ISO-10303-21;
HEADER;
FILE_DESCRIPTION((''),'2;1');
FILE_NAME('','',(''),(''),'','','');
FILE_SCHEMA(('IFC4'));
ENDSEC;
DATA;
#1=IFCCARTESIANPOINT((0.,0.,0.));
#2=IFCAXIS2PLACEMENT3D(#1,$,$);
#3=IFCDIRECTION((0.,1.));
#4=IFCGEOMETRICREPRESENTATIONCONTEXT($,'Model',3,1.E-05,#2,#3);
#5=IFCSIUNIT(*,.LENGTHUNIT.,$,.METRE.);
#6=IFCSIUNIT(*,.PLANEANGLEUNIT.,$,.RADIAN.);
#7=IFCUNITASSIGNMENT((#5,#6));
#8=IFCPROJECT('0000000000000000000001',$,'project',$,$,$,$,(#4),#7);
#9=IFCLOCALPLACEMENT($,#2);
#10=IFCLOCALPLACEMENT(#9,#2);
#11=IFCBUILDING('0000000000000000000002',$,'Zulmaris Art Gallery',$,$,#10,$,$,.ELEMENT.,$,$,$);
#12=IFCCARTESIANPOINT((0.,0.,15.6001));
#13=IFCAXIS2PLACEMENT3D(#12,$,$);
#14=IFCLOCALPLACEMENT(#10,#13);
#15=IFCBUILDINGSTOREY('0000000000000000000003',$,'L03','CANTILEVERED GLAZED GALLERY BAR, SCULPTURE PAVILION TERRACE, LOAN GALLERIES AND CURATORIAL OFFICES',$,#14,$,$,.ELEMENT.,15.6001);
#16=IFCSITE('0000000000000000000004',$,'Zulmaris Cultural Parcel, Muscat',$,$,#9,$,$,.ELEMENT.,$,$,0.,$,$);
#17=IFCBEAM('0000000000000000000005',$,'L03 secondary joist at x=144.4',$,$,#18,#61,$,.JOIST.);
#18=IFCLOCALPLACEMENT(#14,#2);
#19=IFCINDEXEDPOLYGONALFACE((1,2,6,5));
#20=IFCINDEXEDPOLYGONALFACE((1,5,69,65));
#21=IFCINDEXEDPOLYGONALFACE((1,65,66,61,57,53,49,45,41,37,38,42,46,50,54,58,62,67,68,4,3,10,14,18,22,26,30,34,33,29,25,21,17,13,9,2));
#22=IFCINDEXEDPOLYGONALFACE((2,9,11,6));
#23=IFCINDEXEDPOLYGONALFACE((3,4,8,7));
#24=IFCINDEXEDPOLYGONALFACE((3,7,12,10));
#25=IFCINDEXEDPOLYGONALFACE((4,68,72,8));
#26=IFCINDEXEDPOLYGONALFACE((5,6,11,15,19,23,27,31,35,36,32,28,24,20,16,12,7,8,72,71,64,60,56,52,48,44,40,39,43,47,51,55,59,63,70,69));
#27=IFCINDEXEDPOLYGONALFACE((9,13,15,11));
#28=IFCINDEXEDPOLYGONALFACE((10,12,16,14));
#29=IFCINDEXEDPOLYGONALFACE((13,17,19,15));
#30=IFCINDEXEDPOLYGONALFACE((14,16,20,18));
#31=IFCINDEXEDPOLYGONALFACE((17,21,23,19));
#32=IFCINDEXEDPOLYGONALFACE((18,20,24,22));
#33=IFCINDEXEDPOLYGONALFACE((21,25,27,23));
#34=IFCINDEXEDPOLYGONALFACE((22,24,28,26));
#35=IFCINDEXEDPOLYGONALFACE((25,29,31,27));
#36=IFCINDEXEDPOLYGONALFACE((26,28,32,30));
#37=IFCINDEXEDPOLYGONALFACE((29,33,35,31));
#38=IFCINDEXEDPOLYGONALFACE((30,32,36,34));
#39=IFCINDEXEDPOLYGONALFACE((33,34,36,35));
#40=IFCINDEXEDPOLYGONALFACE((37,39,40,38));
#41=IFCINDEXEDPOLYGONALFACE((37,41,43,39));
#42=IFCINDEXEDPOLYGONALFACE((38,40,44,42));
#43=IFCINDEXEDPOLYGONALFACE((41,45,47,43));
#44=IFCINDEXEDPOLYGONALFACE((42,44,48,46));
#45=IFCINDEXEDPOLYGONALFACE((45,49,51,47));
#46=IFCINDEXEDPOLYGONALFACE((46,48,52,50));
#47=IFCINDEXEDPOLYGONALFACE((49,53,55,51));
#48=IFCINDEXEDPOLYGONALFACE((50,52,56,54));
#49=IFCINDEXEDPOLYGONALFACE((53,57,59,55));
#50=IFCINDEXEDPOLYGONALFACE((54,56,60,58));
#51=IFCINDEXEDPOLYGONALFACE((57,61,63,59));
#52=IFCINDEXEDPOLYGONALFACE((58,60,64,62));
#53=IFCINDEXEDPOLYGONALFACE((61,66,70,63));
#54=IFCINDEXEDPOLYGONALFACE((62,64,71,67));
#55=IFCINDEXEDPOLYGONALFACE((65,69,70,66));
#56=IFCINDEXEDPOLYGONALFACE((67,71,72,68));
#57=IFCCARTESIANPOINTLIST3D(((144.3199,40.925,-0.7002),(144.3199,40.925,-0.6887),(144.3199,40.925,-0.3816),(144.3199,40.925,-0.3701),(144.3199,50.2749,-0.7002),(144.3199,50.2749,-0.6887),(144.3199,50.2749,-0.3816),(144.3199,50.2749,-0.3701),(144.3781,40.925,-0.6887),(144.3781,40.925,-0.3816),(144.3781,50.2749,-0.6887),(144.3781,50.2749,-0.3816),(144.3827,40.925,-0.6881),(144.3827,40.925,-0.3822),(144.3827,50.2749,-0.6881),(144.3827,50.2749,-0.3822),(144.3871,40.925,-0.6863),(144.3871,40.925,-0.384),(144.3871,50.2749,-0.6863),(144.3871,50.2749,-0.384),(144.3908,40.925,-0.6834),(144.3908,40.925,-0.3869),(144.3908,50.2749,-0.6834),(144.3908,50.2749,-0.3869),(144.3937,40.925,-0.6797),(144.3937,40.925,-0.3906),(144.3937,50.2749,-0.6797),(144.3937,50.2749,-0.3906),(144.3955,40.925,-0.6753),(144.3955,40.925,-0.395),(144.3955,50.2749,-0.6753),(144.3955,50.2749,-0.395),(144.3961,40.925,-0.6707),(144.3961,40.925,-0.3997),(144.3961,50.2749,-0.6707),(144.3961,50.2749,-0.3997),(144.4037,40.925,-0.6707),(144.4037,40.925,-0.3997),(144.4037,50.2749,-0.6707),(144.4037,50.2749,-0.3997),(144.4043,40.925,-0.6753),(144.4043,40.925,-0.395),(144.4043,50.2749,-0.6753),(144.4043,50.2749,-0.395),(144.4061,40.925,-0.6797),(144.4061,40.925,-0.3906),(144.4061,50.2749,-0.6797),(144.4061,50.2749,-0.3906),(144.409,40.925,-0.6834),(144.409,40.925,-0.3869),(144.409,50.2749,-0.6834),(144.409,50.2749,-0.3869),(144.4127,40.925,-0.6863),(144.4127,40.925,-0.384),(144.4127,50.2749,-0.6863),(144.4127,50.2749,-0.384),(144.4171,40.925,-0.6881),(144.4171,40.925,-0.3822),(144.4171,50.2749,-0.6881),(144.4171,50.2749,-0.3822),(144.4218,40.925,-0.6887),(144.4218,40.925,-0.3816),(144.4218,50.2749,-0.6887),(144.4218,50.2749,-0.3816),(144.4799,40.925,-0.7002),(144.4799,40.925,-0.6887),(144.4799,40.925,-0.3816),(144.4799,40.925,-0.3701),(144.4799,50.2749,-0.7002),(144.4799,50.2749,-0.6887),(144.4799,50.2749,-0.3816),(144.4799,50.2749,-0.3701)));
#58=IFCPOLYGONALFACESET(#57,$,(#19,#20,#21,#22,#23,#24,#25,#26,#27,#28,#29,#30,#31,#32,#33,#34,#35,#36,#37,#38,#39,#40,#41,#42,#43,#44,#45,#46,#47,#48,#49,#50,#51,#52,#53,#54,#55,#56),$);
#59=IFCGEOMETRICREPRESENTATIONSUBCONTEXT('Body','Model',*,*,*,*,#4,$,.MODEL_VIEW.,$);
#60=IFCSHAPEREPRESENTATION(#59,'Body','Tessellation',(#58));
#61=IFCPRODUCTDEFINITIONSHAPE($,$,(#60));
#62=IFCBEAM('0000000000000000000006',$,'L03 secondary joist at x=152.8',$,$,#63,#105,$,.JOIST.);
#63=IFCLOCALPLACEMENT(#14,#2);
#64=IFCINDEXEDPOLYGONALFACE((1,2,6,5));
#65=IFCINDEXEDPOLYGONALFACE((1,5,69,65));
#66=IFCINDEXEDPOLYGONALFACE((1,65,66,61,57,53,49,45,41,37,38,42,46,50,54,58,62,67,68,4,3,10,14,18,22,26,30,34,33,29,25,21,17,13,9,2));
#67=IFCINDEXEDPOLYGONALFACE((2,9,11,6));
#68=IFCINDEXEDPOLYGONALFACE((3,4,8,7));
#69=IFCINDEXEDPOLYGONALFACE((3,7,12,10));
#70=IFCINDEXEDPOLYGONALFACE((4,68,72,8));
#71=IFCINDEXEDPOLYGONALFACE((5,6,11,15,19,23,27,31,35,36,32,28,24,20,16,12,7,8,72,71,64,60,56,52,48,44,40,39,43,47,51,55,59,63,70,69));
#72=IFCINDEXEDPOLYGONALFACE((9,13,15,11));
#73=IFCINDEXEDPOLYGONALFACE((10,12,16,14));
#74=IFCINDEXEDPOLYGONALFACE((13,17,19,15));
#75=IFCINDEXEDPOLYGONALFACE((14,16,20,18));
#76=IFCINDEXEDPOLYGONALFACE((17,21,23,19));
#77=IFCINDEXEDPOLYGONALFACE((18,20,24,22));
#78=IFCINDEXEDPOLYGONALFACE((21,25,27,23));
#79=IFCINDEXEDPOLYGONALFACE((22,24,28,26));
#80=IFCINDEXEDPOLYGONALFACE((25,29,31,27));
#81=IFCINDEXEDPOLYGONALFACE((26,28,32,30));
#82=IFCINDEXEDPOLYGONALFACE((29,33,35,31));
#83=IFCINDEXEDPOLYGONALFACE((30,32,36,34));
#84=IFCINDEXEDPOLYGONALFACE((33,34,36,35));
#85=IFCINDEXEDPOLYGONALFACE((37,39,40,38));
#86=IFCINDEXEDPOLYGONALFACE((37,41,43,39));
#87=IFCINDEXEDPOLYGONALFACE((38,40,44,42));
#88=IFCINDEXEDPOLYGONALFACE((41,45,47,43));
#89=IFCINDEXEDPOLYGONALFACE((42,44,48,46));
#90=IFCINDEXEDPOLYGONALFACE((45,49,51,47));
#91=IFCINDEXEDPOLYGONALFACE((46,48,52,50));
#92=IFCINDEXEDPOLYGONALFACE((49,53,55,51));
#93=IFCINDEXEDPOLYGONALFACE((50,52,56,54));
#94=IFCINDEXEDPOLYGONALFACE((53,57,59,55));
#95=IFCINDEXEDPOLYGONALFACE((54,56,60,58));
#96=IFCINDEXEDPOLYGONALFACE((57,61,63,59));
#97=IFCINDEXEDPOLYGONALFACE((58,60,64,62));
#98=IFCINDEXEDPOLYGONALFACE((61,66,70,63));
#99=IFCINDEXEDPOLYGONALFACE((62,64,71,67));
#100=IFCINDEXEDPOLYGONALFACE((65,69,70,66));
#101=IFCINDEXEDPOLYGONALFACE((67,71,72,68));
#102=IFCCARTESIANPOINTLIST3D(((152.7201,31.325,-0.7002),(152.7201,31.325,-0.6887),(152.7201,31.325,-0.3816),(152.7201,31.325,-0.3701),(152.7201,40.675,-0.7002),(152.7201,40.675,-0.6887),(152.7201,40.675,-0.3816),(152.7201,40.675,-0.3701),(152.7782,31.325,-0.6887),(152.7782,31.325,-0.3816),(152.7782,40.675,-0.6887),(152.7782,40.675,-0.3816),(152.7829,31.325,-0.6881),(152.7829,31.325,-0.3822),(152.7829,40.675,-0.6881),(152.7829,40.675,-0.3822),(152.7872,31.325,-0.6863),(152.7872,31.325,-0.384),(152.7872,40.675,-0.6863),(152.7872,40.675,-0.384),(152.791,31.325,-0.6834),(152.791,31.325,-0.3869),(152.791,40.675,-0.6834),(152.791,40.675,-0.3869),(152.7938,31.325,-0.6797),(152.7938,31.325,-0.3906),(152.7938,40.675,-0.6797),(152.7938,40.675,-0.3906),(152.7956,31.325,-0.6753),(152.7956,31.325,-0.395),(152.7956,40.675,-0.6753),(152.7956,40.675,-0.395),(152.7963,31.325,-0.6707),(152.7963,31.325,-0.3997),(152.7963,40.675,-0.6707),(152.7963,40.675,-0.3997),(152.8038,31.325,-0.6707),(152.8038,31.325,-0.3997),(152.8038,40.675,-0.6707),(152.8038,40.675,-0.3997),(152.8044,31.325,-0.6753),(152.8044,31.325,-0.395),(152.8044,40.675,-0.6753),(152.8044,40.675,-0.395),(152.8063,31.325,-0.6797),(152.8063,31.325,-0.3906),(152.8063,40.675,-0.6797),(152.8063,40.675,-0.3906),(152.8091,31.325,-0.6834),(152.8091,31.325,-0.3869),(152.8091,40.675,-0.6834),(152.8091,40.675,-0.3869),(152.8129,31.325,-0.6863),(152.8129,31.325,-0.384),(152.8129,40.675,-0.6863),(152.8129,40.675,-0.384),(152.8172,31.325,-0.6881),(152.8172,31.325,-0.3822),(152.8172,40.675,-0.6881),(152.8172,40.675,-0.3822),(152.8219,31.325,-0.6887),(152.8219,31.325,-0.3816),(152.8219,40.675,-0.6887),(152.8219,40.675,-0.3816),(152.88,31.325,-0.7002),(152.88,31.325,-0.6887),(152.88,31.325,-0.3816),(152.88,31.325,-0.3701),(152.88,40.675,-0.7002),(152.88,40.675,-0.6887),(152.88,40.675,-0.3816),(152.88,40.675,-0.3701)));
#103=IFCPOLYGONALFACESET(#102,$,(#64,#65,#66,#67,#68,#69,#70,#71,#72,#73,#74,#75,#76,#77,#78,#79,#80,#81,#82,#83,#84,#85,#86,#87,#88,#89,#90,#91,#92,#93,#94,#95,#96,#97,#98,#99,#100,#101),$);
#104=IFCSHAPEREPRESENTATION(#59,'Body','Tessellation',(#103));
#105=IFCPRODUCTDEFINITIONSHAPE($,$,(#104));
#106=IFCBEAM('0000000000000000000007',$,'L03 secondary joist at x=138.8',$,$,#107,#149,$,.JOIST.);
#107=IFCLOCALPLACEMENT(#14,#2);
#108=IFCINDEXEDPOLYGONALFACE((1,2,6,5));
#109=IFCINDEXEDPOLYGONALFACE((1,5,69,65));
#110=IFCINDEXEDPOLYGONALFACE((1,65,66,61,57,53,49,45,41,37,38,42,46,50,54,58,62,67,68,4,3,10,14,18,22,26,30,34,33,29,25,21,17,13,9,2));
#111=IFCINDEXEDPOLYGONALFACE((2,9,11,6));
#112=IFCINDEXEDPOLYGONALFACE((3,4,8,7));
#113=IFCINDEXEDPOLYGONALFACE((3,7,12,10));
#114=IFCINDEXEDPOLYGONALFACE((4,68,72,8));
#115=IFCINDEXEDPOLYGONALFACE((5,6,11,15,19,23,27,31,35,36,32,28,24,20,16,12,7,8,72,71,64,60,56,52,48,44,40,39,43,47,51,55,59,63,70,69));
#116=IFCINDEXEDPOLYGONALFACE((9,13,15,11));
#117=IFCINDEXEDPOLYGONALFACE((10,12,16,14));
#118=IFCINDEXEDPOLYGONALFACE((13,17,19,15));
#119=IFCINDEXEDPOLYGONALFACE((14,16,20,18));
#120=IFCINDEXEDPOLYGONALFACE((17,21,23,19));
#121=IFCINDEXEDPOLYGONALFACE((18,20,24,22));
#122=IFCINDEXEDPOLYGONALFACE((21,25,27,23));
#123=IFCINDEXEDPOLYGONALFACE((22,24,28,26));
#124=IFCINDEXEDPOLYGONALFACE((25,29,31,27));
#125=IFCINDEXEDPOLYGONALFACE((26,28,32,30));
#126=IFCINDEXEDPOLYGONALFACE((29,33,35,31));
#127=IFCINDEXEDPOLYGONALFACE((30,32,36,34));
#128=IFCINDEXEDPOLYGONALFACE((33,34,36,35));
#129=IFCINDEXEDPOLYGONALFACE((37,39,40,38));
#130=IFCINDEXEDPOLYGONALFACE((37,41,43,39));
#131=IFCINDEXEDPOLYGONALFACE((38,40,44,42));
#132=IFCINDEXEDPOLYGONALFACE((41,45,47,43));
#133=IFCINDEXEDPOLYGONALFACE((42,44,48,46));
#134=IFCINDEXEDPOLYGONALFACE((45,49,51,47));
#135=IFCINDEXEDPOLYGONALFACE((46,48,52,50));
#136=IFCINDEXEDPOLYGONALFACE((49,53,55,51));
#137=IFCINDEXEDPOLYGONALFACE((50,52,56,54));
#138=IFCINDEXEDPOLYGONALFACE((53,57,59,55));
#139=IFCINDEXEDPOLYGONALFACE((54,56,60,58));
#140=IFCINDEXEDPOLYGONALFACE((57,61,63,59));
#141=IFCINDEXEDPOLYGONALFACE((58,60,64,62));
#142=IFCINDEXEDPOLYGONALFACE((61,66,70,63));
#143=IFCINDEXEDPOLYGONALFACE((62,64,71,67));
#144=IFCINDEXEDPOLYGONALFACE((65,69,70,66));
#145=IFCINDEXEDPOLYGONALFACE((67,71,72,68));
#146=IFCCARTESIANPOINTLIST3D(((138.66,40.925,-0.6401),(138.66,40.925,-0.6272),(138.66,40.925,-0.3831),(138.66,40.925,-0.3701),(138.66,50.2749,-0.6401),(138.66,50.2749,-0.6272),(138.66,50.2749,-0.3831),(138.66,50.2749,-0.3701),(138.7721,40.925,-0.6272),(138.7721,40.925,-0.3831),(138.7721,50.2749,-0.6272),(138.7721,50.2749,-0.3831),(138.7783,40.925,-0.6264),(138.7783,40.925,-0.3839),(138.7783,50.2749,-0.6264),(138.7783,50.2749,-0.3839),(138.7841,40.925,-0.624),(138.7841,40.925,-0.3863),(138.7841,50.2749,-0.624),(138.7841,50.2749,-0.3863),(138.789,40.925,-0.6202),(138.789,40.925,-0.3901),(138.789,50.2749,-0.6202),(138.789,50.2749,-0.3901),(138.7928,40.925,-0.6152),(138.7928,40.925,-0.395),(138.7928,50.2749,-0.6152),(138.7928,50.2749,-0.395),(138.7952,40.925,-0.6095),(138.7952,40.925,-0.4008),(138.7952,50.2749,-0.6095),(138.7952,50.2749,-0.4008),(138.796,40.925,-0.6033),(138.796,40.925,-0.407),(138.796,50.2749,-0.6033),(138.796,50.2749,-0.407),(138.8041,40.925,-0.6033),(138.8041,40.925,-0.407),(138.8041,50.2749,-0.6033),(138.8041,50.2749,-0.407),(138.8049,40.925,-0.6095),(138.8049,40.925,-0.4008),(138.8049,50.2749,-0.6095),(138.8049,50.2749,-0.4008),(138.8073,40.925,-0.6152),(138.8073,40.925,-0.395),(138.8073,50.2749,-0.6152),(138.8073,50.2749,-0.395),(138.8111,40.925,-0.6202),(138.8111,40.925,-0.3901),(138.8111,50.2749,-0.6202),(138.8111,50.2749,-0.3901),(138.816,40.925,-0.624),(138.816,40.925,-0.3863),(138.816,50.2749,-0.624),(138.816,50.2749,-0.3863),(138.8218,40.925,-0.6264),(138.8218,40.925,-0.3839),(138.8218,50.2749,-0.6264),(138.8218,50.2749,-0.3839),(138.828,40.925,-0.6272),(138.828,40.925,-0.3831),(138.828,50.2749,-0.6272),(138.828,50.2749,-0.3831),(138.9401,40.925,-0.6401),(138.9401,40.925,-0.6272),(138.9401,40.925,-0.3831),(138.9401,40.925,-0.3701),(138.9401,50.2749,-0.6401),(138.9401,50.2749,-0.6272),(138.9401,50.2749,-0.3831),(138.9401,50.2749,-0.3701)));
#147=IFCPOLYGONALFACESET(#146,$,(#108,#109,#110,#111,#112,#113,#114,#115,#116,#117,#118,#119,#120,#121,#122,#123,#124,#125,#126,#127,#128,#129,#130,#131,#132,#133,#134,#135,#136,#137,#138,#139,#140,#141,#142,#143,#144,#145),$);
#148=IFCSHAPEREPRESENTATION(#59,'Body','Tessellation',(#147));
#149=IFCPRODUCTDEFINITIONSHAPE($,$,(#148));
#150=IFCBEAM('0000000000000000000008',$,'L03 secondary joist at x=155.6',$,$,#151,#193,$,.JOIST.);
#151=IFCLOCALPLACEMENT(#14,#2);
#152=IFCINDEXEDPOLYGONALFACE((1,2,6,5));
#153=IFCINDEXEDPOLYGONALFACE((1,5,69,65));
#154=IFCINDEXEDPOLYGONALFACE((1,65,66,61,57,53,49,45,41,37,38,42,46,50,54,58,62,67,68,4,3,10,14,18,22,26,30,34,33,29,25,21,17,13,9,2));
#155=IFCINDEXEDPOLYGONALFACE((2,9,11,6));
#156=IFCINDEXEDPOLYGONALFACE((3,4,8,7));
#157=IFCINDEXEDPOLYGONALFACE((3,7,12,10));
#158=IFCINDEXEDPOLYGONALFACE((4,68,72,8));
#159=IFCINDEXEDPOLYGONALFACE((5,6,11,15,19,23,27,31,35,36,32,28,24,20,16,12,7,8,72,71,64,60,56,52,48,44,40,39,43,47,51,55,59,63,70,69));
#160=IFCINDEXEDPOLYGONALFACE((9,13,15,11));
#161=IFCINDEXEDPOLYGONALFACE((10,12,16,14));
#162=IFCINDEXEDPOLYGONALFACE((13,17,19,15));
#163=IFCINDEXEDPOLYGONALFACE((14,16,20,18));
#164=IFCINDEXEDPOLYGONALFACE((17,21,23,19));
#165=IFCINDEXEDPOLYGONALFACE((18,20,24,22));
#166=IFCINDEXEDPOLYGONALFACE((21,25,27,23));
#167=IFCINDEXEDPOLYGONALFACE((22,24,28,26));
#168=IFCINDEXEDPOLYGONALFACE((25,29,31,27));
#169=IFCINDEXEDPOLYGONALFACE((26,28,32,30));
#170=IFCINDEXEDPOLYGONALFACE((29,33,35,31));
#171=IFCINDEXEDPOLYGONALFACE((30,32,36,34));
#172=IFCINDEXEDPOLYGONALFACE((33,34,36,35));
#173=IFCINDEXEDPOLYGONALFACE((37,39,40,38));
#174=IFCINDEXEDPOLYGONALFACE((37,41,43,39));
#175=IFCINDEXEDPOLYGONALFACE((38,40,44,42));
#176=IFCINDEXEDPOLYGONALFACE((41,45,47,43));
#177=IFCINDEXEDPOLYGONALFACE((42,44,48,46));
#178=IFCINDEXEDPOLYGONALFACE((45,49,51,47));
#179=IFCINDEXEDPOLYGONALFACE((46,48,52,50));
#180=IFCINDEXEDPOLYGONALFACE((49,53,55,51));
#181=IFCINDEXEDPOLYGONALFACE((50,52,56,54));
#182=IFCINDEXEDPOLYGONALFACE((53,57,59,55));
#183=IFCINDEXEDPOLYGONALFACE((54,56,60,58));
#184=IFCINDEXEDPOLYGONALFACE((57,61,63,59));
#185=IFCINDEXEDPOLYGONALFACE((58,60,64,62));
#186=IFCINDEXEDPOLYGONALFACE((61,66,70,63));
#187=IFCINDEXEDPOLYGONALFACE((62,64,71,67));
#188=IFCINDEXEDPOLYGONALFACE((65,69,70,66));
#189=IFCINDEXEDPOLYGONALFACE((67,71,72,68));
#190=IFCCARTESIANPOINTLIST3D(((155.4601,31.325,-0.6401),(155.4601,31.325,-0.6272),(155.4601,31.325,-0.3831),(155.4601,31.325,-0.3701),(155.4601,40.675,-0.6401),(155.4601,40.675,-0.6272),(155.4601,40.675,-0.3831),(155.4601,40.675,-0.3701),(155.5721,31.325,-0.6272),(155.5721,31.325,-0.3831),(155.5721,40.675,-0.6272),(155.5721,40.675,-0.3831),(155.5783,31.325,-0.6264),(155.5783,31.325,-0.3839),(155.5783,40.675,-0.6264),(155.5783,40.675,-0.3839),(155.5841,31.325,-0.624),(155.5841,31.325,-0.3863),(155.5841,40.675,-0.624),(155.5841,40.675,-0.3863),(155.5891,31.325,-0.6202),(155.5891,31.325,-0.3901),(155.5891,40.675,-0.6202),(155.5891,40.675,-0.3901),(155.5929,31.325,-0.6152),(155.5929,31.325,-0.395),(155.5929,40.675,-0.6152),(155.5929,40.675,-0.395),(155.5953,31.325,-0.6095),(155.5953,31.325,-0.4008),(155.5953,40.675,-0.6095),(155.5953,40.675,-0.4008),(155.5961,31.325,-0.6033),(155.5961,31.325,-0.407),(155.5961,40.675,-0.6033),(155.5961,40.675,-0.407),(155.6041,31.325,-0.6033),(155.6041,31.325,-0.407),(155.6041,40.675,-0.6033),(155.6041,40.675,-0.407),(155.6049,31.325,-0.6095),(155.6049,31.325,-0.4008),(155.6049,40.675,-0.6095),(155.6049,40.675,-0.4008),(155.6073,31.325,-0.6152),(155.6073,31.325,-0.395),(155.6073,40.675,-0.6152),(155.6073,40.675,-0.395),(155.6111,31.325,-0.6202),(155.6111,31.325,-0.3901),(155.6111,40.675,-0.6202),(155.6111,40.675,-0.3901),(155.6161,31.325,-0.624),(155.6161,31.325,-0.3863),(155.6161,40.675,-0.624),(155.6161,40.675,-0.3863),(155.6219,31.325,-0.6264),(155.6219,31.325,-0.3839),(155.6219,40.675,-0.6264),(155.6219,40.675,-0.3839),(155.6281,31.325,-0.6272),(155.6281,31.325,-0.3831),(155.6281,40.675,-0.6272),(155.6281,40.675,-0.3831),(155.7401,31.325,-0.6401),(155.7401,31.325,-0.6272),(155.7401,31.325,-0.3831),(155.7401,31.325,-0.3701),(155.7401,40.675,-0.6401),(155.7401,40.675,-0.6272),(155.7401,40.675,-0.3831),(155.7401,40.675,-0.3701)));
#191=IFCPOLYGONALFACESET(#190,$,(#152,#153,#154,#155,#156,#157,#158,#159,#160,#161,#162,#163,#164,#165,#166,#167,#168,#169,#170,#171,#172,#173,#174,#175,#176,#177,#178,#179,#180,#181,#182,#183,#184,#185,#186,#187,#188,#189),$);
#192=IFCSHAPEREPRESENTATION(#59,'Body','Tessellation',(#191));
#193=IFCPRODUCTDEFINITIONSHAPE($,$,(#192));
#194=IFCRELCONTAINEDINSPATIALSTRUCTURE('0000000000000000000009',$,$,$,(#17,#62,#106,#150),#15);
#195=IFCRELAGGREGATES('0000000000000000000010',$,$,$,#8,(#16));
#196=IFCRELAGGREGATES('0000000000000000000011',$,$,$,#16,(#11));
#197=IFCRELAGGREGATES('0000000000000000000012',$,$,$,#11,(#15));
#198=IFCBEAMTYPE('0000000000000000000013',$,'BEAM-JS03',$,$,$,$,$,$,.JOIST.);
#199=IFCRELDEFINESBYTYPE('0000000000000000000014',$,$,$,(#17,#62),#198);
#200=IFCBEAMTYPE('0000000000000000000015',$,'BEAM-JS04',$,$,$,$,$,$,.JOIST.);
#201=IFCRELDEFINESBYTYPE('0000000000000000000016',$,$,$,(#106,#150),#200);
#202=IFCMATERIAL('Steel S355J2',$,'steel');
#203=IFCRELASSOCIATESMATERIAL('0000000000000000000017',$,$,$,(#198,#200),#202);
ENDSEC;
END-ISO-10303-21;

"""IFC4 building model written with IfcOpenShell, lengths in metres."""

from ifc_helpers import new_model, si_unit, direction, frame, origin, origin_2d, place, context, subcontext, project, spatial, i_section, extrude, material, material_profile, profile_set, type_object, element, save


model = new_model("IFC4")

# Units and contexts
model_context = context("Model", 3, precision=1e-05, world=origin(), true_north=direction((0.0, 1.0)))
body_context = subcontext(model_context, "Body", "Model", "MODEL_VIEW")
ifc_project = project(units=[si_unit("LENGTHUNIT", "METRE"), si_unit("PLANEANGLEUNIT", "RADIAN")], contexts=[model_context])

# Site, building, storey
site_placement = place(None, origin())
site = spatial("IfcSite", under=ifc_project, at=site_placement, Name="Zulmaris Cultural Parcel, Muscat", CompositionType="ELEMENT", RefElevation=0.0)
building_placement = place(site_placement, origin())
building = spatial("IfcBuilding", under=site, at=building_placement, Name="Zulmaris Art Gallery", CompositionType="ELEMENT")
storey_placement = place(building_placement, frame((0.0, 0.0, 15.6001)))
storey = spatial("IfcBuildingStorey", under=building, at=storey_placement, Name="L03", Description="CANTILEVERED GLAZED GALLERY BAR, SCULPTURE PAVILION TERRACE, LOAN GALLERIES AND CURATORIAL OFFICES", CompositionType="ELEMENT", Elevation=15.6001)

# Beams
ifc_material_1 = material(Name="Steel S355J2", Category="steel")
ifc_material_profile_1 = material_profile(ifc_material_1, i_section(OverallWidth=0.1599, OverallDepth=0.3301, WebThickness=0.0076, FlangeThickness=0.0115, FilletRadius=0.0181, at=origin_2d()), Name="IPE 330")
ifc_profile_set_1 = profile_set([ifc_material_profile_1], Name="Steel S355J2")
beam_type_1 = type_object("IfcBeamType", Name="BEAM-JS03", PredefinedType="JOIST", material=ifc_profile_set_1)
beam_1_placement = place(storey_placement, frame((144.3999, 40.925, -0.5352), z_axis=(0.0, 1.0, 0.0), x_axis=(-1.0, 0.0, 0.0)))
element("IfcBeam", 1, at=beam_1_placement, inside=storey, type_object=beam_type_1, Name="L03 secondary joist at x=144.4", PredefinedType="JOIST", context=body_context, shape_type="SweptSolid", body=[
    extrude(i_section(OverallWidth=0.1599, OverallDepth=0.3301, WebThickness=0.0076, FlangeThickness=0.0115, FilletRadius=0.0181, at=origin_2d()), origin(), (0.0, 0.0, 1.0), 9.3499),
])
beam_2_placement = place(storey_placement, frame((152.8, 31.325, -0.5352), z_axis=(0.0, 1.0, 0.0), x_axis=(-1.0, 0.0, 0.0)))
element("IfcBeam", 2, at=beam_2_placement, inside=storey, type_object=beam_type_1, Name="L03 secondary joist at x=152.8", PredefinedType="JOIST", context=body_context, shape_type="SweptSolid", body=[
    extrude(i_section(OverallWidth=0.1599, OverallDepth=0.3301, WebThickness=0.0076, FlangeThickness=0.0115, FilletRadius=0.0181, at=origin_2d()), origin(), (0.0, 0.0, 1.0), 9.3501),
])
ifc_material_profile_2 = material_profile(ifc_material_1, i_section(OverallWidth=0.28, OverallDepth=0.27, WebThickness=0.0081, FlangeThickness=0.0129, FilletRadius=0.0239, at=origin_2d()), Name="HEA 280")
ifc_profile_set_2 = profile_set([ifc_material_profile_2], Name="Steel S355J2")
beam_type_2 = type_object("IfcBeamType", Name="BEAM-JS04", PredefinedType="JOIST", material=ifc_profile_set_2)
beam_3_placement = place(storey_placement, frame((138.8, 40.925, -0.5051), z_axis=(0.0, 1.0, 0.0), x_axis=(-1.0, 0.0, 0.0)))
element("IfcBeam", 3, at=beam_3_placement, inside=storey, type_object=beam_type_2, Name="L03 secondary joist at x=138.8", PredefinedType="JOIST", context=body_context, shape_type="SweptSolid", body=[
    extrude(i_section(OverallWidth=0.28, OverallDepth=0.27, WebThickness=0.0081, FlangeThickness=0.0129, FilletRadius=0.0239, at=origin_2d()), origin(), (0.0, 0.0, 1.0), 9.3499),
])
beam_4_placement = place(storey_placement, frame((155.6001, 31.325, -0.5051), z_axis=(0.0, 1.0, 0.0), x_axis=(-1.0, 0.0, 0.0)))
element("IfcBeam", 4, at=beam_4_placement, inside=storey, type_object=beam_type_2, Name="L03 secondary joist at x=155.6", PredefinedType="JOIST", context=body_context, shape_type="SweptSolid", body=[
    extrude(i_section(OverallWidth=0.28, OverallDepth=0.27, WebThickness=0.0081, FlangeThickness=0.0129, FilletRadius=0.0239, at=origin_2d()), origin(), (0.0, 0.0, 1.0), 9.3501),
])

save(model, "model.ifc")
